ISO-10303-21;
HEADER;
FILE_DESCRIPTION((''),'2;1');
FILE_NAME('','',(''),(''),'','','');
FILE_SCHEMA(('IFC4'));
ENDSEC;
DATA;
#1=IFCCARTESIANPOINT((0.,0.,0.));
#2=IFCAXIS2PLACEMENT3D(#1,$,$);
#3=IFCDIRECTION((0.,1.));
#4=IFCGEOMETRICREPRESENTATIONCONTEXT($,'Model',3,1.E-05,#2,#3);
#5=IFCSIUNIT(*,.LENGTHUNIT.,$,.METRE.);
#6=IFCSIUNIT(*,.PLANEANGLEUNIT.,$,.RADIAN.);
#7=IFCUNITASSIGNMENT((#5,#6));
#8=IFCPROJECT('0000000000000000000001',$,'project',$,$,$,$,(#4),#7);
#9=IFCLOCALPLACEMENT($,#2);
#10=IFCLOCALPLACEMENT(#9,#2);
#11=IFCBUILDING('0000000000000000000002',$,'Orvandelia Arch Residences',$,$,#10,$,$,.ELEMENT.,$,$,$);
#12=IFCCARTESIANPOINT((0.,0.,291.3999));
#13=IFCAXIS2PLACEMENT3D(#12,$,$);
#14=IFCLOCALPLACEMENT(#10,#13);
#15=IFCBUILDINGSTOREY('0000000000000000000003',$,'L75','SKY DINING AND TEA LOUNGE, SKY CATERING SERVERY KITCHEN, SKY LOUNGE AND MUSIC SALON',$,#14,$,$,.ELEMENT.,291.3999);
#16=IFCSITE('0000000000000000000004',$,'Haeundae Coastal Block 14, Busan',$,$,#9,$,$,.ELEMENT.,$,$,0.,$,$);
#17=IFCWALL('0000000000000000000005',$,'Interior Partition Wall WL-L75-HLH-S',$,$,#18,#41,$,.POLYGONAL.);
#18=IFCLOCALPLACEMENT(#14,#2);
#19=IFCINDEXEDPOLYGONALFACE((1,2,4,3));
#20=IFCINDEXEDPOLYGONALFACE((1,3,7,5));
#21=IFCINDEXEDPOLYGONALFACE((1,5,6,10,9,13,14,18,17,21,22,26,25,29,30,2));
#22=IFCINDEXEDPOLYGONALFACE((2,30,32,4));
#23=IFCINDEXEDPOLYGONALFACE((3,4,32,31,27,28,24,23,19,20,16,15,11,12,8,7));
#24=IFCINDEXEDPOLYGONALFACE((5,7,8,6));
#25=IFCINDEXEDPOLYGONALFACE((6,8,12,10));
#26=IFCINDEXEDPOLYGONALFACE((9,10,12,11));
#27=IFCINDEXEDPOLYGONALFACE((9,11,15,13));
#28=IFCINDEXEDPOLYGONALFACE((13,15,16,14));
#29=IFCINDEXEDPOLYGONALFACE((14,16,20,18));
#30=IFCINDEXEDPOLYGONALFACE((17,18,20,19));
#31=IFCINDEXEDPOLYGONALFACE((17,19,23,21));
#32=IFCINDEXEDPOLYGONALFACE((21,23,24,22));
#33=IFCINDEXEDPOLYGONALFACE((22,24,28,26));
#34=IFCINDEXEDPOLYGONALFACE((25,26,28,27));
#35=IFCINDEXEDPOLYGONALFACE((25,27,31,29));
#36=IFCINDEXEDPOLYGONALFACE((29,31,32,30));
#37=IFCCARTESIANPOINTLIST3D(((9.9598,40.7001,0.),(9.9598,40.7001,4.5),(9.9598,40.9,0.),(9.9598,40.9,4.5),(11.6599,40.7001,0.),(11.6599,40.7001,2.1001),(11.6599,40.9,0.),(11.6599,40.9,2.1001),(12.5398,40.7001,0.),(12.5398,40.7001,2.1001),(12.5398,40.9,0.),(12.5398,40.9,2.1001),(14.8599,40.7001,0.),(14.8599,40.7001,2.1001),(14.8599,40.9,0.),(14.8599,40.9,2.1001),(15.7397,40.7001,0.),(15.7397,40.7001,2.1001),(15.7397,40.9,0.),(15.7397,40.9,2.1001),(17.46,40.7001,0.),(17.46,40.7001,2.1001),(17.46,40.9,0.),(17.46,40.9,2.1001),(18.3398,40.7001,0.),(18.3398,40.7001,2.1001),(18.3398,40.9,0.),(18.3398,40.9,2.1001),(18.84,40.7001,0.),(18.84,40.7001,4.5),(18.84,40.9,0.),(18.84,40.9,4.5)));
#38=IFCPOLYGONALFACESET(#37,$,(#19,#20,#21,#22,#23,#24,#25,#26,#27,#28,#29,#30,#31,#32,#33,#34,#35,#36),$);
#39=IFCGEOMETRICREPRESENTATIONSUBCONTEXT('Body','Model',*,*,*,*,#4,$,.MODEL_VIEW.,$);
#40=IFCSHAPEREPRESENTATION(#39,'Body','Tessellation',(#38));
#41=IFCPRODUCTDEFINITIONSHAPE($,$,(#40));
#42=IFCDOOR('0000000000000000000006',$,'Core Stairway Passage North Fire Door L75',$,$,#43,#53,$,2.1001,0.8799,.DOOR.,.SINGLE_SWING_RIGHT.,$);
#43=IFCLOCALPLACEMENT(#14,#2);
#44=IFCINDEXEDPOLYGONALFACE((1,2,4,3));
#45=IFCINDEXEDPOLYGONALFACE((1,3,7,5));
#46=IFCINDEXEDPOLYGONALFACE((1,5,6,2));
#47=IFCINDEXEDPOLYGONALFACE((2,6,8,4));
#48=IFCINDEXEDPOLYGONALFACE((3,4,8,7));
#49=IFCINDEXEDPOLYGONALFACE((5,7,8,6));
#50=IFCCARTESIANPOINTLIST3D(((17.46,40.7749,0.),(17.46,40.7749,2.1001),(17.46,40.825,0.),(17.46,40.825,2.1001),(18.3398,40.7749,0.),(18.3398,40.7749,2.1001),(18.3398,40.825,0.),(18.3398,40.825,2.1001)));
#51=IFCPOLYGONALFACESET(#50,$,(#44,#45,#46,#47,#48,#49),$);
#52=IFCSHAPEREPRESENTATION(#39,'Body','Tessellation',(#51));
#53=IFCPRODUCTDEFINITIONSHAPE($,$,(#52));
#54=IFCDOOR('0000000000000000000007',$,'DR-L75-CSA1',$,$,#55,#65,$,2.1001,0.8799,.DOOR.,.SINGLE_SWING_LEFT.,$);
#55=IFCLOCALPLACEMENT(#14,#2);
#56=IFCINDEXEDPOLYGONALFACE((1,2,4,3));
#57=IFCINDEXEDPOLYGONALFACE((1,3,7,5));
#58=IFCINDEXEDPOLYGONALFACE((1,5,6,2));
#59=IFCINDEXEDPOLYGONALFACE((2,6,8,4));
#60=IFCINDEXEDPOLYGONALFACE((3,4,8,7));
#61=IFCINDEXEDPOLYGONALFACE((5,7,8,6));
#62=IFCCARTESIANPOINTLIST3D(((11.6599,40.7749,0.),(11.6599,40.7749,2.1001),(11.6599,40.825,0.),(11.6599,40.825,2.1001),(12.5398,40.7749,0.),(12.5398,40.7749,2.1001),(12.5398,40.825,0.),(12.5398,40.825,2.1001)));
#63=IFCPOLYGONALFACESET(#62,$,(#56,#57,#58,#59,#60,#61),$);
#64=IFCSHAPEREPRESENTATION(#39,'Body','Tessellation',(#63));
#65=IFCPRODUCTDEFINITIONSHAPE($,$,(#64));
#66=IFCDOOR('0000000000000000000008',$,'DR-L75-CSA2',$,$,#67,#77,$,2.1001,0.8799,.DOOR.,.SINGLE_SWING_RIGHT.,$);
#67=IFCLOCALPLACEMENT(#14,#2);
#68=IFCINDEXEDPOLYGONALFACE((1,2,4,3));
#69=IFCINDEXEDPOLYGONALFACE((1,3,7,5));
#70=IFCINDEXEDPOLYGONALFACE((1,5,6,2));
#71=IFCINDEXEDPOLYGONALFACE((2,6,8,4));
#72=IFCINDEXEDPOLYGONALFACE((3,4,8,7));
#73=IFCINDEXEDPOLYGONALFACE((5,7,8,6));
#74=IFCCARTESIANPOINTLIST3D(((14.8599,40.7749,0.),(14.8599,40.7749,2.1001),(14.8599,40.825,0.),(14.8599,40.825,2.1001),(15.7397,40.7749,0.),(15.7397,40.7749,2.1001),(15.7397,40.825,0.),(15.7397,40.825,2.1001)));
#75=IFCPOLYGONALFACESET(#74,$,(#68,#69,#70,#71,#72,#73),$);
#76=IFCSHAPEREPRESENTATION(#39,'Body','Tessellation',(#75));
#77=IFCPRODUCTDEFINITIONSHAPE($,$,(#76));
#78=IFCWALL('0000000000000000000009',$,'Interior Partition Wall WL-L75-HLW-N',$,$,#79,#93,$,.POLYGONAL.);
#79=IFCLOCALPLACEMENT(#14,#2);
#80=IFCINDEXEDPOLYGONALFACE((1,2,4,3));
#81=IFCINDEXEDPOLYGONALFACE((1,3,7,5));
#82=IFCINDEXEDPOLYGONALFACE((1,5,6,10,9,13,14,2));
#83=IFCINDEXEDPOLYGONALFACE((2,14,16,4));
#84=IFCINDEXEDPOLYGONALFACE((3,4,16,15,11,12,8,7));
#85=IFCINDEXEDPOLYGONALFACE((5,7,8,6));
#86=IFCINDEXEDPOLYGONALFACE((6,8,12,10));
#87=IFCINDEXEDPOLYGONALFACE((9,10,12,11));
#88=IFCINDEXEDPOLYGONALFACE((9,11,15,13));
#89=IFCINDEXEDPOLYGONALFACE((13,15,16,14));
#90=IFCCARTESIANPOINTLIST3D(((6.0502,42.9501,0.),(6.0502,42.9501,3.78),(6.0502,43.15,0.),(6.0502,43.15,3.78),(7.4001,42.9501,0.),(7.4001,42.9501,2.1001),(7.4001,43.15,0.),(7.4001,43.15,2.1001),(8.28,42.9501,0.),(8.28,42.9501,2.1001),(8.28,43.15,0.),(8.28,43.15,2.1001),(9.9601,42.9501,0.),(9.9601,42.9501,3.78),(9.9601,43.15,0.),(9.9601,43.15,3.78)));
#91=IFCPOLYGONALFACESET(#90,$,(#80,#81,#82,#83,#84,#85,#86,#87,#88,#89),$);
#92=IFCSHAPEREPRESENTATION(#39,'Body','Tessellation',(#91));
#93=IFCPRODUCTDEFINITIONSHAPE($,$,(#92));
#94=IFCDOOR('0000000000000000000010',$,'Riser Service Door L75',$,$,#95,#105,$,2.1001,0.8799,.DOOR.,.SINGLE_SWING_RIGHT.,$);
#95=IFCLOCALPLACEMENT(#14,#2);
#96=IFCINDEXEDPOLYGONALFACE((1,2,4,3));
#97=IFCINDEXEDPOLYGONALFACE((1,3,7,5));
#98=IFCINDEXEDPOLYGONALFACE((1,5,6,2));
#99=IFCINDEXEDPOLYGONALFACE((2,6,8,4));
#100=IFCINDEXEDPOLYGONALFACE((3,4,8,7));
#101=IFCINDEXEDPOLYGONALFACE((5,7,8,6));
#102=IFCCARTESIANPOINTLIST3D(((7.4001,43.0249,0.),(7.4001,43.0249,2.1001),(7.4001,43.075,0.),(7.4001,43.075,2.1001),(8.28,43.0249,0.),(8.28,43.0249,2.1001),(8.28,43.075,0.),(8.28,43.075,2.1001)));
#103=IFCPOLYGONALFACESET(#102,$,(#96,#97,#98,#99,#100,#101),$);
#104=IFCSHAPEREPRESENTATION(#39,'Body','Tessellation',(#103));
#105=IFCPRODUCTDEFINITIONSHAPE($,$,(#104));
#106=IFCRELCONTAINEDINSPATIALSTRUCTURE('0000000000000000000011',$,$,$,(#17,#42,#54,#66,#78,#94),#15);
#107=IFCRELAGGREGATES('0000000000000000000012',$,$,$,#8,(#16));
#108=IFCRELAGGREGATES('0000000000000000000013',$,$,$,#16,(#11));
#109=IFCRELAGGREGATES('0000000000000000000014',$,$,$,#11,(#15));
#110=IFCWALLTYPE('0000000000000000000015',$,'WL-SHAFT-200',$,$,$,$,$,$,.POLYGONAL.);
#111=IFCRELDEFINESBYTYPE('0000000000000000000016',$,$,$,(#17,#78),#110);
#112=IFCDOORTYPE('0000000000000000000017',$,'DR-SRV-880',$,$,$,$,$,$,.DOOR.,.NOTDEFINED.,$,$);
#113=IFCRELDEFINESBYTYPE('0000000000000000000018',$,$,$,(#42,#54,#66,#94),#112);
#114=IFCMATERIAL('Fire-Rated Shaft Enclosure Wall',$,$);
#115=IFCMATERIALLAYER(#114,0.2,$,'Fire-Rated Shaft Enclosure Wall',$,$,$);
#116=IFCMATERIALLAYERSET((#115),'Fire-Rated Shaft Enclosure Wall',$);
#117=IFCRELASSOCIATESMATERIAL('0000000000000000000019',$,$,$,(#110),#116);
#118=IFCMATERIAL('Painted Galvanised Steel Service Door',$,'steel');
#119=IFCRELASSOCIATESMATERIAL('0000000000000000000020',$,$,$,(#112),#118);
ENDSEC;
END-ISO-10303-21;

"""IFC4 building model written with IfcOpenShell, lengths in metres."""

from ifc_helpers import new_model, si_unit, direction, frame, frame_2d, origin, place, context, subcontext, project, spatial, rectangle, extrude, material, layer, layer_set, type_object, element, fill, save


model = new_model("IFC4")

# Units and contexts
model_context = context("Model", 3, precision=1e-05, world=origin(), true_north=direction((0.0, 1.0)))
body_context = subcontext(model_context, "Body", "Model", "MODEL_VIEW")
ifc_project = project(units=[si_unit("LENGTHUNIT", "METRE"), si_unit("PLANEANGLEUNIT", "RADIAN")], contexts=[model_context])

# Site, building, storey
site_placement = place(None, origin())
site = spatial("IfcSite", under=ifc_project, at=site_placement, Name="Haeundae Coastal Block 14, Busan", CompositionType="ELEMENT", RefElevation=0.0)
building_placement = place(site_placement, origin())
building = spatial("IfcBuilding", under=site, at=building_placement, Name="Orvandelia Arch Residences", CompositionType="ELEMENT")
storey_placement = place(building_placement, frame((0.0, 0.0, 291.3999)))
storey = spatial("IfcBuildingStorey", under=building, at=storey_placement, Name="L75", Description="SKY DINING AND TEA LOUNGE, SKY CATERING SERVERY KITCHEN, SKY LOUNGE AND MUSIC SALON", CompositionType="ELEMENT", Elevation=291.3999)

# Shared definitions
ifc_material_1 = material(Name="Fire-Rated Shaft Enclosure Wall")
ifc_layer_1 = layer(ifc_material_1, 0.2, Name="Fire-Rated Shaft Enclosure Wall")
ifc_layer_set_1 = layer_set([ifc_layer_1], Name="Fire-Rated Shaft Enclosure Wall")
wall_type_1 = type_object("IfcWallType", Name="WL-SHAFT-200", PredefinedType="POLYGONAL", material=ifc_layer_set_1)

# Wall, openings, doors
wall_1_placement = place(storey_placement, frame((9.96, 40.8, 0.0), z_axis=(0.0, 0.0, 1.0), x_axis=(1.0, 0.0, 0.0)))
wall_1 = element("IfcWall", 1, at=wall_1_placement, inside=storey, type_object=wall_type_1, Name="Interior Partition Wall WL-L75-HLH-S", PredefinedType="POLYGONAL", context=body_context, shape_type="SweptSolid", body=[
    extrude(rectangle(XDim=8.8801, YDim=0.2, at=frame_2d((4.4399, 0.0))), origin(), (0.0, 0.0, 1.0), 4.5),
])
opening_1_placement = place(wall_1_placement, frame((7.5, 0.0, 0.0)))
opening_1 = element("IfcOpeningElement", 2, at=opening_1_placement, cuts=wall_1, PredefinedType="OPENING", context=body_context, shape_type="SweptSolid", body=[
    extrude(rectangle(XDim=0.8799, YDim=2.1001, at=frame_2d((0.4399, 1.05))), frame((0.0, 0.1099, 0.0), z_axis=(0.0, -1.0, 0.0), x_axis=(1.0, 0.0, 0.0)), (0.0, 0.0, 1.0), 0.22),
])
opening_2_placement = place(wall_1_placement, frame((1.7, 0.0, 0.0)))
opening_2 = element("IfcOpeningElement", 3, at=opening_2_placement, cuts=wall_1, PredefinedType="OPENING", context=body_context, shape_type="SweptSolid", body=[
    extrude(rectangle(XDim=0.8799, YDim=2.1001, at=frame_2d((0.4399, 1.05))), frame((0.0, 0.1099, 0.0), z_axis=(0.0, -1.0, 0.0), x_axis=(1.0, 0.0, 0.0)), (0.0, 0.0, 1.0), 0.22),
])
opening_3_placement = place(wall_1_placement, frame((4.8999, 0.0, 0.0)))
opening_3 = element("IfcOpeningElement", 4, at=opening_3_placement, cuts=wall_1, PredefinedType="OPENING", context=body_context, shape_type="SweptSolid", body=[
    extrude(rectangle(XDim=0.8799, YDim=2.1001, at=frame_2d((0.4399, 1.05))), frame((0.0, 0.1099, 0.0), z_axis=(0.0, -1.0, 0.0), x_axis=(1.0, 0.0, 0.0)), (0.0, 0.0, 1.0), 0.22),
])
ifc_material_2 = material(Name="Painted Galvanised Steel Service Door", Category="steel")
door_type_1 = type_object("IfcDoorType", Name="DR-SRV-880", OperationType="NOTDEFINED", PredefinedType="DOOR", material=ifc_material_2)
door_1_placement = place(opening_1_placement, origin())
door_1 = element("IfcDoor", 5, at=door_1_placement, inside=storey, type_object=door_type_1, Name="Core Stairway Passage North Fire Door L75", OperationType="SINGLE_SWING_RIGHT", OverallHeight=2.1001, OverallWidth=0.8799, PredefinedType="DOOR", context=body_context, shape_type="SweptSolid", body=[
    extrude(rectangle(XDim=0.8799, YDim=2.1001, at=frame_2d((0.4399, 1.05))), frame((0.0, 0.0249, 0.0), z_axis=(0.0, -1.0, 0.0), x_axis=(1.0, 0.0, 0.0)), (0.0, 0.0, 1.0), 0.05),
])
fill(opening_1, door_1)
door_2_placement = place(opening_2_placement, origin())
door_2 = element("IfcDoor", 6, at=door_2_placement, inside=storey, type_object=door_type_1, Name="DR-L75-CSA1", OperationType="SINGLE_SWING_LEFT", OverallHeight=2.1001, OverallWidth=0.8799, PredefinedType="DOOR", context=body_context, shape_type="SweptSolid", body=[
    extrude(rectangle(XDim=0.8799, YDim=2.1001, at=frame_2d((0.4399, 1.05))), frame((0.0, 0.0249, 0.0), z_axis=(0.0, -1.0, 0.0), x_axis=(1.0, 0.0, 0.0)), (0.0, 0.0, 1.0), 0.05),
])
fill(opening_2, door_2)
door_3_placement = place(opening_3_placement, origin())
door_3 = element("IfcDoor", 7, at=door_3_placement, inside=storey, type_object=door_type_1, Name="DR-L75-CSA2", OperationType="SINGLE_SWING_RIGHT", OverallHeight=2.1001, OverallWidth=0.8799, PredefinedType="DOOR", context=body_context, shape_type="SweptSolid", body=[
    extrude(rectangle(XDim=0.8799, YDim=2.1001, at=frame_2d((0.4399, 1.05))), frame((0.0, 0.0249, 0.0), z_axis=(0.0, -1.0, 0.0), x_axis=(1.0, 0.0, 0.0)), (0.0, 0.0, 1.0), 0.05),
])
fill(opening_3, door_3)

# Wall, opening, door
wall_2_placement = place(storey_placement, frame((6.05, 43.05, 0.0), z_axis=(0.0, 0.0, 1.0), x_axis=(1.0, 0.0, 0.0)))
wall_2 = element("IfcWall", 8, at=wall_2_placement, inside=storey, type_object=wall_type_1, Name="Interior Partition Wall WL-L75-HLW-N", PredefinedType="POLYGONAL", context=body_context, shape_type="SweptSolid", body=[
    extrude(rectangle(XDim=3.9099, YDim=0.2, at=frame_2d((1.9551, 0.0))), origin(), (0.0, 0.0, 1.0), 3.78),
])
opening_4_placement = place(wall_2_placement, frame((1.3501, 0.0, 0.0)))
opening_4 = element("IfcOpeningElement", 9, at=opening_4_placement, cuts=wall_2, PredefinedType="OPENING", context=body_context, shape_type="SweptSolid", body=[
    extrude(rectangle(XDim=0.8799, YDim=2.1001, at=frame_2d((0.4399, 1.05))), frame((0.0, 0.1099, 0.0), z_axis=(0.0, -1.0, 0.0), x_axis=(1.0, 0.0, 0.0)), (0.0, 0.0, 1.0), 0.22),
])
door_4_placement = place(opening_4_placement, origin())
door_4 = element("IfcDoor", 10, at=door_4_placement, inside=storey, type_object=door_type_1, Name="Riser Service Door L75", OperationType="SINGLE_SWING_RIGHT", OverallHeight=2.1001, OverallWidth=0.8799, PredefinedType="DOOR", context=body_context, shape_type="SweptSolid", body=[
    extrude(rectangle(XDim=0.8799, YDim=2.1001, at=frame_2d((0.4399, 1.05))), frame((0.0, 0.0249, 0.0), z_axis=(0.0, -1.0, 0.0), x_axis=(1.0, 0.0, 0.0)), (0.0, 0.0, 1.0), 0.05),
])
fill(opening_4, door_4)

save(model, "model.ifc")
